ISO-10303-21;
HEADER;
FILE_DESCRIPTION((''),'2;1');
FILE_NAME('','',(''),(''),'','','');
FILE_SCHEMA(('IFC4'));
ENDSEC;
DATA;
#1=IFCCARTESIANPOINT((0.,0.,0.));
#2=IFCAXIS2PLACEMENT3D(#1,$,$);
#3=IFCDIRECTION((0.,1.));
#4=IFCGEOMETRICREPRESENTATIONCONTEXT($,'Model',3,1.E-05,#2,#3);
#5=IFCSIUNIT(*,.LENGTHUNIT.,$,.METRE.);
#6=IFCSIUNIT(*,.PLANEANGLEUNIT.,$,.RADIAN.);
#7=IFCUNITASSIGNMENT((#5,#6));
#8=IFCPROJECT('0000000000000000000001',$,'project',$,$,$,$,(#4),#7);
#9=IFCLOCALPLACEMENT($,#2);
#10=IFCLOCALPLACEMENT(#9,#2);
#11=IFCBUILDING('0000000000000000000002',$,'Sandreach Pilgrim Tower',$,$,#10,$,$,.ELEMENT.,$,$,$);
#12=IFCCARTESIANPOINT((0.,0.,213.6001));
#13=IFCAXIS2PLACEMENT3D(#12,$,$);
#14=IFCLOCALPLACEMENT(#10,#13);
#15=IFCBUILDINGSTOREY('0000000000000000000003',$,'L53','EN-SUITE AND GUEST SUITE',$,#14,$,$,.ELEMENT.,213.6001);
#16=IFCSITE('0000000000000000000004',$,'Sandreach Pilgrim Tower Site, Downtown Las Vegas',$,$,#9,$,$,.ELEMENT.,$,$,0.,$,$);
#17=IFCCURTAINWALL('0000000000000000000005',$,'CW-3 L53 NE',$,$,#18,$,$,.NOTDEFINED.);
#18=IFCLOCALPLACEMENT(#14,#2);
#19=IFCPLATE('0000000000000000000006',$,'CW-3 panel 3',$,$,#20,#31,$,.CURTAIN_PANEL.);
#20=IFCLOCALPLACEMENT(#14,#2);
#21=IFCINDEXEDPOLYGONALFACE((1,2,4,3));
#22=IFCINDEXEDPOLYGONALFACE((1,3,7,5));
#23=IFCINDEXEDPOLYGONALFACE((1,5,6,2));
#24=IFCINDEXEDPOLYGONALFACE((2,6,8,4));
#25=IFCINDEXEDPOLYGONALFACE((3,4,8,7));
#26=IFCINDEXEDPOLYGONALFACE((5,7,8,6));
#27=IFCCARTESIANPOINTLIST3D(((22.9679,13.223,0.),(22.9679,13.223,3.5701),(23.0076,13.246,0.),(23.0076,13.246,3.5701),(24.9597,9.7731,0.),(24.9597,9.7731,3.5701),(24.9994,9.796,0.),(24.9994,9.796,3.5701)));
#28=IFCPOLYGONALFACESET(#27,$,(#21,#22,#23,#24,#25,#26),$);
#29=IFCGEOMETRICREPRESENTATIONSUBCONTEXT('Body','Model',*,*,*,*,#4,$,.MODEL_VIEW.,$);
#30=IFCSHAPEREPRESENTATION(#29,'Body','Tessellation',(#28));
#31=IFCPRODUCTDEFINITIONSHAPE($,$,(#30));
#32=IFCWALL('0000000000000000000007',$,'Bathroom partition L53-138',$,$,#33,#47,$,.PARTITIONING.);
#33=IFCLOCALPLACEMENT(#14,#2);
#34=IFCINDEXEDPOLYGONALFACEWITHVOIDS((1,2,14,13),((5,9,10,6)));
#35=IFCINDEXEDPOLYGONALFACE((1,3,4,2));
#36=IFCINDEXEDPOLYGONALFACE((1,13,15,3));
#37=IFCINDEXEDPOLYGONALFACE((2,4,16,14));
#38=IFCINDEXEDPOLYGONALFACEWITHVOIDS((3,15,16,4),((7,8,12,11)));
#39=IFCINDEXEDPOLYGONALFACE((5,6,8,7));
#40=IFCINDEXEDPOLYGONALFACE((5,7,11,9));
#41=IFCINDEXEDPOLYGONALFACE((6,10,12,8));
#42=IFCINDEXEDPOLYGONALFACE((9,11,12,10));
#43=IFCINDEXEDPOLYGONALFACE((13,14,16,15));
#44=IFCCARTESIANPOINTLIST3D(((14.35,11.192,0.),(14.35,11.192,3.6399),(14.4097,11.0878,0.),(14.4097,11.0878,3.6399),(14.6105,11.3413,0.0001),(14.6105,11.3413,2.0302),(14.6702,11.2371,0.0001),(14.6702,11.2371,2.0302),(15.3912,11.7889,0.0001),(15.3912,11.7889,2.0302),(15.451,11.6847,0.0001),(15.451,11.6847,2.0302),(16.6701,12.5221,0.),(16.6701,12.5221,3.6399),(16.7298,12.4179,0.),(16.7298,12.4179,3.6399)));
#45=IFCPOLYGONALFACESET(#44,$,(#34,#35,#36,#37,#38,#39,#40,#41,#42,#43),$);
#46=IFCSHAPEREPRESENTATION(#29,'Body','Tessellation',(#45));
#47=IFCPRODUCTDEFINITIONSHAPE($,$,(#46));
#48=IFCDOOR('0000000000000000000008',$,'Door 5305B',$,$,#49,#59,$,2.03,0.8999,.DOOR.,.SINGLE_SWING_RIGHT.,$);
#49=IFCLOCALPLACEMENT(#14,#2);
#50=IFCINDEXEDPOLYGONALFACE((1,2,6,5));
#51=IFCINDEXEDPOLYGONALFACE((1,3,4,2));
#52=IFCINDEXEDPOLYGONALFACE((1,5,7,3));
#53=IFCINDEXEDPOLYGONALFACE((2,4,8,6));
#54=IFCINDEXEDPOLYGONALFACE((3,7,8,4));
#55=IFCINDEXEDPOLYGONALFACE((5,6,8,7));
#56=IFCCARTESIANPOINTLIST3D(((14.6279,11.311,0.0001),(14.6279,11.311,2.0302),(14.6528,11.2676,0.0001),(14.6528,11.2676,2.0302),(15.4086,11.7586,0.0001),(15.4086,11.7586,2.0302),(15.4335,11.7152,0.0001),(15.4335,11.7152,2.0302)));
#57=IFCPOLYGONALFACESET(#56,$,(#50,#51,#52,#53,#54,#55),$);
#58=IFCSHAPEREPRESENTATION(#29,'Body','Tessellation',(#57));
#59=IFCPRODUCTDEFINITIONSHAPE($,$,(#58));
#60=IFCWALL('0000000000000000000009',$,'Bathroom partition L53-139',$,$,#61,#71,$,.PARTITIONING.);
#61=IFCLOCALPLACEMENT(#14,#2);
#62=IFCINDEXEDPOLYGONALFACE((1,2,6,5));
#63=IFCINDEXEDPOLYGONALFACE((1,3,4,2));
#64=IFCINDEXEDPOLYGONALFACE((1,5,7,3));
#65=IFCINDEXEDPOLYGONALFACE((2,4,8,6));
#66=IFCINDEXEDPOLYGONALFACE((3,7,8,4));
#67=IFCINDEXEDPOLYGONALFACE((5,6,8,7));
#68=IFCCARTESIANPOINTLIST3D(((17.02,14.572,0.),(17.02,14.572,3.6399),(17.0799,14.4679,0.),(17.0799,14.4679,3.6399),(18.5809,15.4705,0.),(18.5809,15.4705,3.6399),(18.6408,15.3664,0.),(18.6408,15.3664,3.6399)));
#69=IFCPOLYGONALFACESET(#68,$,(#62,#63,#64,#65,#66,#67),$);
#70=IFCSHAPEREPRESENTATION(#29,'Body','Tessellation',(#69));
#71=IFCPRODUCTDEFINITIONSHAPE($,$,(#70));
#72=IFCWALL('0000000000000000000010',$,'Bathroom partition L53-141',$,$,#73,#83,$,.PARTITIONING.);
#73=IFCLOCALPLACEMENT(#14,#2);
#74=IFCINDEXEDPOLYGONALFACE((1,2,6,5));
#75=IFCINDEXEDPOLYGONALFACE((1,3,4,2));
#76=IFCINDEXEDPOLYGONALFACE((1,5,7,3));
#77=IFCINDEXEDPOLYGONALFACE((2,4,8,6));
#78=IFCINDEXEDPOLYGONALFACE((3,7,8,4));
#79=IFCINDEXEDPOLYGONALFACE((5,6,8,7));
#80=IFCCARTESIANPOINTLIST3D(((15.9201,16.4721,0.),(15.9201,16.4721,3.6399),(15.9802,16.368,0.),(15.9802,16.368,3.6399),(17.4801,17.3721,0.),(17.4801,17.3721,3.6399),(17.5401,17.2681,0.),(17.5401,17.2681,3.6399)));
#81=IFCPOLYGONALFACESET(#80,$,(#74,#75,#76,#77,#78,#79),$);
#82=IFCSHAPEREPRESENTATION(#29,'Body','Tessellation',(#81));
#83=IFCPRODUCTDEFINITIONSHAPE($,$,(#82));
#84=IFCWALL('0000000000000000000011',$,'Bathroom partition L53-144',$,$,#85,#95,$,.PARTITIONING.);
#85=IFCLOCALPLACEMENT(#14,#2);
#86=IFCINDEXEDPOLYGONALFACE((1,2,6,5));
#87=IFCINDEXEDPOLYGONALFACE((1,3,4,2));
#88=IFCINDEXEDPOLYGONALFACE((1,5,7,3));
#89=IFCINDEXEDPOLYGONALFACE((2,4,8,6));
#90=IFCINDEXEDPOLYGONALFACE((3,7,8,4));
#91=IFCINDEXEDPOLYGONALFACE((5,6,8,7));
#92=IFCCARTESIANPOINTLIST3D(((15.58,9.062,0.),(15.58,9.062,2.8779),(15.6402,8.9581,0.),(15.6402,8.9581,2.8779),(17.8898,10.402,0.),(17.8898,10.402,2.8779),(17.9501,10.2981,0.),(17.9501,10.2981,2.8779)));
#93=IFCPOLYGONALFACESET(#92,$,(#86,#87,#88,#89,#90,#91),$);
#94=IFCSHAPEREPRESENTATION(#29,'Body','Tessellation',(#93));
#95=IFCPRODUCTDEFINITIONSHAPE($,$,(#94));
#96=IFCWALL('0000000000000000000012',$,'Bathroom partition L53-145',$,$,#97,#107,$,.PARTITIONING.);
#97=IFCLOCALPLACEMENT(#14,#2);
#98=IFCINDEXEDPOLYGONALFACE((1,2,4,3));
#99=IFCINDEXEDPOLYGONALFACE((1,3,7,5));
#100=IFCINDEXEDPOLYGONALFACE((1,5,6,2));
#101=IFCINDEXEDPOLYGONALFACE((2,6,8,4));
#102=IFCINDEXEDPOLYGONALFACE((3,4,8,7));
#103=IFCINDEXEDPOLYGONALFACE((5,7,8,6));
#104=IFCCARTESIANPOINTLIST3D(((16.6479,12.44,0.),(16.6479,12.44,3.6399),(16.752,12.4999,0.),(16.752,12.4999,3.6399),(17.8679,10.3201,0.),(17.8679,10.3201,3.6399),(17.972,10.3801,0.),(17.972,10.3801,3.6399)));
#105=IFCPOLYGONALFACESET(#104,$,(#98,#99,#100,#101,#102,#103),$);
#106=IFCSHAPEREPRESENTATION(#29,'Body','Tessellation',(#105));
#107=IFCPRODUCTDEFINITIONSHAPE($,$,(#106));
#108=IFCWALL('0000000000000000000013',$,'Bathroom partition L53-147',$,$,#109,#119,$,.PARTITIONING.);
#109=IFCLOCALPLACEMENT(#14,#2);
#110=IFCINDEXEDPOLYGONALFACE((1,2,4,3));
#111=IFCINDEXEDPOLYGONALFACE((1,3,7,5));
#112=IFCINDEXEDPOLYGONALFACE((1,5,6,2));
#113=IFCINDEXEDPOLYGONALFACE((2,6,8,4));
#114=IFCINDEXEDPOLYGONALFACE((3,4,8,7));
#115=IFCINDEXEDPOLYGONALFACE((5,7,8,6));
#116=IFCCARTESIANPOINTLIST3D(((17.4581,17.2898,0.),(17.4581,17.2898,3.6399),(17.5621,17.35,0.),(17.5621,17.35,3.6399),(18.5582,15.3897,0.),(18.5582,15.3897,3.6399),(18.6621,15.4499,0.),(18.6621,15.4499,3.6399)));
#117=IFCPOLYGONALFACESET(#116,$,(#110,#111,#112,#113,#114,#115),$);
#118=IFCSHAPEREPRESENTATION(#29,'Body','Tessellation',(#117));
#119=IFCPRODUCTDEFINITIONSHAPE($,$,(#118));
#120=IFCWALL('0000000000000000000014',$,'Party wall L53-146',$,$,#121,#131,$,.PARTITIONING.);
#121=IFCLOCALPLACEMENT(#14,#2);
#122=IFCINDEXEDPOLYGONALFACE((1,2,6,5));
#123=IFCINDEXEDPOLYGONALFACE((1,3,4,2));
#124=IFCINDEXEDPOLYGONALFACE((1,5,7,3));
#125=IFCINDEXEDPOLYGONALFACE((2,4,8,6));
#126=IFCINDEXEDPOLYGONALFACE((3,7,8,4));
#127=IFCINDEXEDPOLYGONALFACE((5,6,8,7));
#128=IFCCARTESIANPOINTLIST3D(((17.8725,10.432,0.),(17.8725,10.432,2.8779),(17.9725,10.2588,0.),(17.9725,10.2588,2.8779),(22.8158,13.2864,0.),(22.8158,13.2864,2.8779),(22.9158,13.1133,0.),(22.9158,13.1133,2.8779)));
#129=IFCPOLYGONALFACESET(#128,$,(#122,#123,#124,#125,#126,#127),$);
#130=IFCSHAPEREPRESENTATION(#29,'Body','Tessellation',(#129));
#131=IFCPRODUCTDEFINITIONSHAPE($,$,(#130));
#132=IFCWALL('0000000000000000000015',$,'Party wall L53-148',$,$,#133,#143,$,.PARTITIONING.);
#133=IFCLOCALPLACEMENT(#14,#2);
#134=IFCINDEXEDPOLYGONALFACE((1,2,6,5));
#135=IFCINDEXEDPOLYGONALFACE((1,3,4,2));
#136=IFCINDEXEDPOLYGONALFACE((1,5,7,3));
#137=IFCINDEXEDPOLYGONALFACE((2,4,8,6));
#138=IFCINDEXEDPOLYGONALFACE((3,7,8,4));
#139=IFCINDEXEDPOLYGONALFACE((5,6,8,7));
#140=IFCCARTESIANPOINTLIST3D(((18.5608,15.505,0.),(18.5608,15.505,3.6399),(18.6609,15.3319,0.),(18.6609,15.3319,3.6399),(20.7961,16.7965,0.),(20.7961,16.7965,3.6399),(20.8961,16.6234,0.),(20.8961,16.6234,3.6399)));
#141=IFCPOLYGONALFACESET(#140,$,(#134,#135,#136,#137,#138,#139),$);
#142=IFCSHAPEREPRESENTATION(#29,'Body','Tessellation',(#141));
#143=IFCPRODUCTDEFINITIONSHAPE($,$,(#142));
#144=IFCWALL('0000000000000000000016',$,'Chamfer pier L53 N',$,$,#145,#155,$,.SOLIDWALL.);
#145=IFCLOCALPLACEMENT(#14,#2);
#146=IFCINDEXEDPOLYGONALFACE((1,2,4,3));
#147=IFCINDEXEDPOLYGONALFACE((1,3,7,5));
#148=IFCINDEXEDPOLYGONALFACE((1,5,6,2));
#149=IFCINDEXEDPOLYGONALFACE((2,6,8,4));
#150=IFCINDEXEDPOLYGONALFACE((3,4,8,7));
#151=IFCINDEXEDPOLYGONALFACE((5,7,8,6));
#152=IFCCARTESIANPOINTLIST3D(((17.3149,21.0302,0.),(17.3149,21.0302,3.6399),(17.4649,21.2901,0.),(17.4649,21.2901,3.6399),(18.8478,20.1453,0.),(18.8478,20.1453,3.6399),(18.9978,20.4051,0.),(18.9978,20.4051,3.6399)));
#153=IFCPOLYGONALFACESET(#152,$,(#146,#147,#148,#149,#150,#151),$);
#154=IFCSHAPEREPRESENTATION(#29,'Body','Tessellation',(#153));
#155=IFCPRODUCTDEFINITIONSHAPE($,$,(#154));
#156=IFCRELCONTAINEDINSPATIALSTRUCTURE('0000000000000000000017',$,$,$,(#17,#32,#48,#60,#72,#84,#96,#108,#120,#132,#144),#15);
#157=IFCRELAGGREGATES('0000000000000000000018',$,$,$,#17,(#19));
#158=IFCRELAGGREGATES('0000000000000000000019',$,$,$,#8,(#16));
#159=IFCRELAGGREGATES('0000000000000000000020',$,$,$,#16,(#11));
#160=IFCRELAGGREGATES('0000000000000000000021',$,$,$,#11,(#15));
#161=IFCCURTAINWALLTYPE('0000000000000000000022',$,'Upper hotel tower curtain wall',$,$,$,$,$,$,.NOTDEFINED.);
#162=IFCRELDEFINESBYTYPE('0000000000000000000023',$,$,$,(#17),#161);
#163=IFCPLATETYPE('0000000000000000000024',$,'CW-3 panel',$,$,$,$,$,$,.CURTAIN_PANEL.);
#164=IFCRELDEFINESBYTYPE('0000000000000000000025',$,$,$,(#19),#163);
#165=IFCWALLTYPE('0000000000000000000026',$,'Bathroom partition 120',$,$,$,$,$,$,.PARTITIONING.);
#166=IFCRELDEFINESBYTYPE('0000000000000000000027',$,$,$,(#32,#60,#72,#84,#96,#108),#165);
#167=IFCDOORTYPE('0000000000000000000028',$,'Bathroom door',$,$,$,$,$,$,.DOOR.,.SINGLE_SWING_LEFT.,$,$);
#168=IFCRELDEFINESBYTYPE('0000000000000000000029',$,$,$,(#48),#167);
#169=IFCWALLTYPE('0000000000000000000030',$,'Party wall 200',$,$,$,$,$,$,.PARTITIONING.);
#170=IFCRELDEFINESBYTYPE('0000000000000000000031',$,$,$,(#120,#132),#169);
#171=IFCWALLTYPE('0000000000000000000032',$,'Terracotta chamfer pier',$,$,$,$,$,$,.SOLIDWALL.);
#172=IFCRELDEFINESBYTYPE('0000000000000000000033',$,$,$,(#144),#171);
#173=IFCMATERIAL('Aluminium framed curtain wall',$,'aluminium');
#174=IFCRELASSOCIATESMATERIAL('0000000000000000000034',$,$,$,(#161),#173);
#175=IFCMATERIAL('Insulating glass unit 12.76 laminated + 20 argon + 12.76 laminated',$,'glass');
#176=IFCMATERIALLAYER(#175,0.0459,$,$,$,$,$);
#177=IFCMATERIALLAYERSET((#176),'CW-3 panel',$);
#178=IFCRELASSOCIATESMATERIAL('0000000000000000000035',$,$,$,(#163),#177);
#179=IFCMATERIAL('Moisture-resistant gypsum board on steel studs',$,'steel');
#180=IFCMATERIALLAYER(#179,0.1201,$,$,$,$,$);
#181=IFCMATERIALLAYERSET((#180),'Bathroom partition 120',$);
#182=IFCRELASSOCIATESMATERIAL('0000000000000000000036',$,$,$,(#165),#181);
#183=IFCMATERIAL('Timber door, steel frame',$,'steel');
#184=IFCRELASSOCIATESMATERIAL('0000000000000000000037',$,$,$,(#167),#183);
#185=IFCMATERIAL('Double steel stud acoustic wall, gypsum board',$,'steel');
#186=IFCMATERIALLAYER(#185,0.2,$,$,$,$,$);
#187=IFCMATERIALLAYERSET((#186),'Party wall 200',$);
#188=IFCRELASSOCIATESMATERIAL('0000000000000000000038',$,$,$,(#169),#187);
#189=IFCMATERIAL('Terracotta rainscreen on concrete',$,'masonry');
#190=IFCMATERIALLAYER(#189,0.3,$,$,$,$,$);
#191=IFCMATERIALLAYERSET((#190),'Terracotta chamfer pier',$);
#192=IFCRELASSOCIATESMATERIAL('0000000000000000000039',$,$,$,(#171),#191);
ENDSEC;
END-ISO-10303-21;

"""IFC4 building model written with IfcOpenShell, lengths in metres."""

from ifc_helpers import new_model, si_unit, direction, frame, frame_2d, origin, origin_2d, place, context, subcontext, project, spatial, rectangle, extrude, material, layer, layer_set, type_object, element, fill, aggregate, save


model = new_model("IFC4")

# Units and contexts
model_context = context("Model", 3, precision=1e-05, world=origin(), true_north=direction((0.0, 1.0)))
body_context = subcontext(model_context, "Body", "Model", "MODEL_VIEW")
ifc_project = project(units=[si_unit("LENGTHUNIT", "METRE"), si_unit("PLANEANGLEUNIT", "RADIAN")], contexts=[model_context])

# Site, building, storey
site_placement = place(None, origin())
site = spatial("IfcSite", under=ifc_project, at=site_placement, Name="Sandreach Pilgrim Tower Site, Downtown Las Vegas", CompositionType="ELEMENT", RefElevation=0.0)
building_placement = place(site_placement, origin())
building = spatial("IfcBuilding", under=site, at=building_placement, Name="Sandreach Pilgrim Tower", CompositionType="ELEMENT")
storey_placement = place(building_placement, frame((0.0, 0.0, 213.6001)))
storey = spatial("IfcBuildingStorey", under=building, at=storey_placement, Name="L53", Description="EN-SUITE AND GUEST SUITE", CompositionType="ELEMENT", Elevation=213.6001)

# Shared definitions
ifc_material_1 = material(Name="Aluminium framed curtain wall", Category="aluminium")
curtain_wall_type = type_object("IfcCurtainWallType", Name="Upper hotel tower curtain wall", PredefinedType="NOTDEFINED", material=ifc_material_1)

# Curtain wall
curtain_wall_1_placement = place(storey_placement, origin())
curtain_wall_1 = element("IfcCurtainWall", 1, at=curtain_wall_1_placement, inside=storey, type_object=curtain_wall_type, Name="CW-3 L53 NE", PredefinedType="NOTDEFINED")

# Plate
ifc_material_2 = material(Name="Insulating glass unit 12.76 laminated + 20 argon + 12.76 laminated", Category="glass")
ifc_layer_1 = layer(ifc_material_2, 0.0459)
ifc_layer_set_1 = layer_set([ifc_layer_1], Name="CW-3 panel")
plate_type = type_object("IfcPlateType", Name="CW-3 panel", PredefinedType="CURTAIN_PANEL", material=ifc_layer_set_1)
plate_1_placement = place(storey_placement, frame((23.9836, 11.5095, 0.0), z_axis=(0.0, 0.0, 1.0), x_axis=(0.5, -0.866025, 0.0)))
plate_1 = element("IfcPlate", 2, at=plate_1_placement, type_object=plate_type, Name="CW-3 panel 3", PredefinedType="CURTAIN_PANEL", context=body_context, shape_type="SweptSolid", body=[
    extrude(rectangle(XDim=3.9836, YDim=0.0459, at=origin_2d()), origin(), (0.0, 0.0, 1.0), 3.5701),
])
aggregate(curtain_wall_1, [plate_1])

# Wall, opening, door
ifc_material_3 = material(Name="Moisture-resistant gypsum board on steel studs", Category="steel")
ifc_layer_2 = layer(ifc_material_3, 0.1201)
ifc_layer_set_2 = layer_set([ifc_layer_2], Name="Bathroom partition 120")
wall_type_1 = type_object("IfcWallType", Name="Bathroom partition 120", PredefinedType="PARTITIONING", material=ifc_layer_set_2)
wall_1_placement = place(storey_placement, frame((16.7, 12.47, 0.0), z_axis=(0.0, 0.0, 1.0), x_axis=(-0.867546, -0.497358, 0.0)))
wall_1 = element("IfcWall", 3, at=wall_1_placement, inside=storey, type_object=wall_type_1, Name="Bathroom partition L53-138", PredefinedType="PARTITIONING", context=body_context, shape_type="SweptSolid", body=[
    extrude(rectangle(XDim=2.6743, YDim=0.1201, at=frame_2d((1.3372, 0.0))), origin(), (0.0, 0.0, 1.0), 3.6399),
])
opening_placement = place(wall_1_placement, frame((1.4741, 0.0, 0.0)))
opening = element("IfcOpeningElement", 4, at=opening_placement, cuts=wall_1, PredefinedType="OPENING", context=body_context, shape_type="SweptSolid", body=[
    extrude(rectangle(XDim=0.8999, YDim=2.03, at=frame_2d((0.45, 1.0151))), frame((0.0, 0.0601, 0.0), z_axis=(0.0, -1.0, 0.0), x_axis=(1.0, 0.0, 0.0)), (0.0, 0.0, 1.0), 0.1201),
])
ifc_material_4 = material(Name="Timber door, steel frame", Category="steel")
door_type = type_object("IfcDoorType", Name="Bathroom door", OperationType="SINGLE_SWING_LEFT", PredefinedType="DOOR", material=ifc_material_4)
door_placement = place(opening_placement, origin())
door = element("IfcDoor", 5, at=door_placement, inside=storey, type_object=door_type, Name="Door 5305B", OperationType="SINGLE_SWING_RIGHT", OverallHeight=2.03, OverallWidth=0.8999, PredefinedType="DOOR", context=body_context, shape_type="SweptSolid", body=[
    extrude(rectangle(XDim=0.8999, YDim=2.03, at=frame_2d((0.45, 1.0151))), frame((0.0, 0.0249, 0.0), z_axis=(0.0, -1.0, 0.0), x_axis=(1.0, 0.0, 0.0)), (0.0, 0.0, 1.0), 0.05),
])
fill(opening, door)

# Walls
for number, where, z_axis, x_axis, name in (
    (6, (17.05, 14.52, 0.0), (0.0, 0.0, 1.0), (0.86667, 0.498881, 0.0), "Bathroom partition L53-139"),
    (7, (17.51, 17.3201, 0.0), (0.0, 0.0, 1.0), (-0.866159, -0.499769, 0.0), "Bathroom partition L53-141"),
):
    element("IfcWall", number, at=place(storey_placement, frame(where, z_axis=z_axis, x_axis=x_axis)), inside=storey, type_object=wall_type_1, Name=name, PredefinedType="PARTITIONING", context=body_context, shape_type="SweptSolid", body=[
        extrude(rectangle(XDim=1.801, YDim=0.1201, at=frame_2d((0.9004, 0.0))), origin(), (0.0, 0.0, 1.0), 3.6399),
    ])
wall_2_placement = place(storey_placement, frame((17.9199, 10.3501, 0.0), z_axis=(0.0, 0.0, 1.0), x_axis=(-0.864967, -0.501829, 0.0)))
element("IfcWall", 8, at=wall_2_placement, inside=storey, type_object=wall_type_1, Name="Bathroom partition L53-144", PredefinedType="PARTITIONING", context=body_context, shape_type="SweptSolid", body=[
    extrude(rectangle(XDim=2.6704, YDim=0.1201, at=frame_2d((1.3352, 0.0))), origin(), (0.0, 0.0, 1.0), 2.8779),
])
wall_3_placement = place(storey_placement, frame((17.9199, 10.3501, 0.0), z_axis=(0.0, 0.0, 1.0), x_axis=(-0.498792, 0.866722, 0.0)))
element("IfcWall", 9, at=wall_3_placement, inside=storey, type_object=wall_type_1, Name="Bathroom partition L53-145", PredefinedType="PARTITIONING", context=body_context, shape_type="SweptSolid", body=[
    extrude(rectangle(XDim=2.4458, YDim=0.1201, at=frame_2d((1.2229, 0.0))), origin(), (0.0, 0.0, 1.0), 3.6399),
])
wall_4_placement = place(storey_placement, frame((18.6101, 15.4199, 0.0), z_axis=(0.0, 0.0, 1.0), x_axis=(-0.501041, 0.865424, 0.0)))
element("IfcWall", 10, at=wall_4_placement, inside=storey, type_object=wall_type_1, Name="Bathroom partition L53-147", PredefinedType="PARTITIONING", context=body_context, shape_type="SweptSolid", body=[
    extrude(rectangle(XDim=2.1956, YDim=0.1201, at=frame_2d((1.0977, 0.0))), origin(), (0.0, 0.0, 1.0), 3.6399),
])
ifc_material_5 = material(Name="Double steel stud acoustic wall, gypsum board", Category="steel")
ifc_layer_3 = layer(ifc_material_5, 0.2)
ifc_layer_set_3 = layer_set([ifc_layer_3], Name="Party wall 200")
wall_type_2 = type_object("IfcWallType", Name="Party wall 200", PredefinedType="PARTITIONING", material=ifc_layer_set_3)
wall_5_placement = place(storey_placement, frame((17.9226, 10.3455, 0.0), z_axis=(0.0, 0.0, 1.0), x_axis=(0.865992, 0.500058, 0.0)))
element("IfcWall", 11, at=wall_5_placement, inside=storey, type_object=wall_type_2, Name="Party wall L53-146", PredefinedType="PARTITIONING", context=body_context, shape_type="SweptSolid", body=[
    extrude(rectangle(XDim=5.7083, YDim=0.2, at=frame_2d((2.854, 0.0))), origin(), (0.0, 0.0, 1.0), 2.8779),
])
wall_6_placement = place(storey_placement, frame((18.6108, 15.4185, 0.0), z_axis=(0.0, 0.0, 1.0), x_axis=(0.865871, 0.500268, 0.0)))
element("IfcWall", 12, at=wall_6_placement, inside=storey, type_object=wall_type_2, Name="Party wall L53-148", PredefinedType="PARTITIONING", context=body_context, shape_type="SweptSolid", body=[
    extrude(rectangle(XDim=2.5815, YDim=0.2, at=frame_2d((1.2908, 0.0))), origin(), (0.0, 0.0, 1.0), 3.6399),
])
ifc_material_6 = material(Name="Terracotta rainscreen on concrete", Category="masonry")
ifc_layer_4 = layer(ifc_material_6, 0.3)
ifc_layer_set_4 = layer_set([ifc_layer_4], Name="Terracotta chamfer pier")
wall_type_3 = type_object("IfcWallType", Name="Terracotta chamfer pier", PredefinedType="SOLIDWALL", material=ifc_layer_set_4)
wall_7_placement = place(storey_placement, frame((17.3899, 21.1602, 0.0), z_axis=(0.0, 0.0, 1.0), x_axis=(0.866036, -0.499981, 0.0)))
element("IfcWall", 13, at=wall_7_placement, inside=storey, type_object=wall_type_3, Name="Chamfer pier L53 N", PredefinedType="SOLIDWALL", context=body_context, shape_type="SweptSolid", body=[
    extrude(rectangle(XDim=1.77, YDim=0.3, at=frame_2d((0.885, 0.0))), origin(), (0.0, 0.0, 1.0), 3.6399),
])

save(model, "model.ifc")
